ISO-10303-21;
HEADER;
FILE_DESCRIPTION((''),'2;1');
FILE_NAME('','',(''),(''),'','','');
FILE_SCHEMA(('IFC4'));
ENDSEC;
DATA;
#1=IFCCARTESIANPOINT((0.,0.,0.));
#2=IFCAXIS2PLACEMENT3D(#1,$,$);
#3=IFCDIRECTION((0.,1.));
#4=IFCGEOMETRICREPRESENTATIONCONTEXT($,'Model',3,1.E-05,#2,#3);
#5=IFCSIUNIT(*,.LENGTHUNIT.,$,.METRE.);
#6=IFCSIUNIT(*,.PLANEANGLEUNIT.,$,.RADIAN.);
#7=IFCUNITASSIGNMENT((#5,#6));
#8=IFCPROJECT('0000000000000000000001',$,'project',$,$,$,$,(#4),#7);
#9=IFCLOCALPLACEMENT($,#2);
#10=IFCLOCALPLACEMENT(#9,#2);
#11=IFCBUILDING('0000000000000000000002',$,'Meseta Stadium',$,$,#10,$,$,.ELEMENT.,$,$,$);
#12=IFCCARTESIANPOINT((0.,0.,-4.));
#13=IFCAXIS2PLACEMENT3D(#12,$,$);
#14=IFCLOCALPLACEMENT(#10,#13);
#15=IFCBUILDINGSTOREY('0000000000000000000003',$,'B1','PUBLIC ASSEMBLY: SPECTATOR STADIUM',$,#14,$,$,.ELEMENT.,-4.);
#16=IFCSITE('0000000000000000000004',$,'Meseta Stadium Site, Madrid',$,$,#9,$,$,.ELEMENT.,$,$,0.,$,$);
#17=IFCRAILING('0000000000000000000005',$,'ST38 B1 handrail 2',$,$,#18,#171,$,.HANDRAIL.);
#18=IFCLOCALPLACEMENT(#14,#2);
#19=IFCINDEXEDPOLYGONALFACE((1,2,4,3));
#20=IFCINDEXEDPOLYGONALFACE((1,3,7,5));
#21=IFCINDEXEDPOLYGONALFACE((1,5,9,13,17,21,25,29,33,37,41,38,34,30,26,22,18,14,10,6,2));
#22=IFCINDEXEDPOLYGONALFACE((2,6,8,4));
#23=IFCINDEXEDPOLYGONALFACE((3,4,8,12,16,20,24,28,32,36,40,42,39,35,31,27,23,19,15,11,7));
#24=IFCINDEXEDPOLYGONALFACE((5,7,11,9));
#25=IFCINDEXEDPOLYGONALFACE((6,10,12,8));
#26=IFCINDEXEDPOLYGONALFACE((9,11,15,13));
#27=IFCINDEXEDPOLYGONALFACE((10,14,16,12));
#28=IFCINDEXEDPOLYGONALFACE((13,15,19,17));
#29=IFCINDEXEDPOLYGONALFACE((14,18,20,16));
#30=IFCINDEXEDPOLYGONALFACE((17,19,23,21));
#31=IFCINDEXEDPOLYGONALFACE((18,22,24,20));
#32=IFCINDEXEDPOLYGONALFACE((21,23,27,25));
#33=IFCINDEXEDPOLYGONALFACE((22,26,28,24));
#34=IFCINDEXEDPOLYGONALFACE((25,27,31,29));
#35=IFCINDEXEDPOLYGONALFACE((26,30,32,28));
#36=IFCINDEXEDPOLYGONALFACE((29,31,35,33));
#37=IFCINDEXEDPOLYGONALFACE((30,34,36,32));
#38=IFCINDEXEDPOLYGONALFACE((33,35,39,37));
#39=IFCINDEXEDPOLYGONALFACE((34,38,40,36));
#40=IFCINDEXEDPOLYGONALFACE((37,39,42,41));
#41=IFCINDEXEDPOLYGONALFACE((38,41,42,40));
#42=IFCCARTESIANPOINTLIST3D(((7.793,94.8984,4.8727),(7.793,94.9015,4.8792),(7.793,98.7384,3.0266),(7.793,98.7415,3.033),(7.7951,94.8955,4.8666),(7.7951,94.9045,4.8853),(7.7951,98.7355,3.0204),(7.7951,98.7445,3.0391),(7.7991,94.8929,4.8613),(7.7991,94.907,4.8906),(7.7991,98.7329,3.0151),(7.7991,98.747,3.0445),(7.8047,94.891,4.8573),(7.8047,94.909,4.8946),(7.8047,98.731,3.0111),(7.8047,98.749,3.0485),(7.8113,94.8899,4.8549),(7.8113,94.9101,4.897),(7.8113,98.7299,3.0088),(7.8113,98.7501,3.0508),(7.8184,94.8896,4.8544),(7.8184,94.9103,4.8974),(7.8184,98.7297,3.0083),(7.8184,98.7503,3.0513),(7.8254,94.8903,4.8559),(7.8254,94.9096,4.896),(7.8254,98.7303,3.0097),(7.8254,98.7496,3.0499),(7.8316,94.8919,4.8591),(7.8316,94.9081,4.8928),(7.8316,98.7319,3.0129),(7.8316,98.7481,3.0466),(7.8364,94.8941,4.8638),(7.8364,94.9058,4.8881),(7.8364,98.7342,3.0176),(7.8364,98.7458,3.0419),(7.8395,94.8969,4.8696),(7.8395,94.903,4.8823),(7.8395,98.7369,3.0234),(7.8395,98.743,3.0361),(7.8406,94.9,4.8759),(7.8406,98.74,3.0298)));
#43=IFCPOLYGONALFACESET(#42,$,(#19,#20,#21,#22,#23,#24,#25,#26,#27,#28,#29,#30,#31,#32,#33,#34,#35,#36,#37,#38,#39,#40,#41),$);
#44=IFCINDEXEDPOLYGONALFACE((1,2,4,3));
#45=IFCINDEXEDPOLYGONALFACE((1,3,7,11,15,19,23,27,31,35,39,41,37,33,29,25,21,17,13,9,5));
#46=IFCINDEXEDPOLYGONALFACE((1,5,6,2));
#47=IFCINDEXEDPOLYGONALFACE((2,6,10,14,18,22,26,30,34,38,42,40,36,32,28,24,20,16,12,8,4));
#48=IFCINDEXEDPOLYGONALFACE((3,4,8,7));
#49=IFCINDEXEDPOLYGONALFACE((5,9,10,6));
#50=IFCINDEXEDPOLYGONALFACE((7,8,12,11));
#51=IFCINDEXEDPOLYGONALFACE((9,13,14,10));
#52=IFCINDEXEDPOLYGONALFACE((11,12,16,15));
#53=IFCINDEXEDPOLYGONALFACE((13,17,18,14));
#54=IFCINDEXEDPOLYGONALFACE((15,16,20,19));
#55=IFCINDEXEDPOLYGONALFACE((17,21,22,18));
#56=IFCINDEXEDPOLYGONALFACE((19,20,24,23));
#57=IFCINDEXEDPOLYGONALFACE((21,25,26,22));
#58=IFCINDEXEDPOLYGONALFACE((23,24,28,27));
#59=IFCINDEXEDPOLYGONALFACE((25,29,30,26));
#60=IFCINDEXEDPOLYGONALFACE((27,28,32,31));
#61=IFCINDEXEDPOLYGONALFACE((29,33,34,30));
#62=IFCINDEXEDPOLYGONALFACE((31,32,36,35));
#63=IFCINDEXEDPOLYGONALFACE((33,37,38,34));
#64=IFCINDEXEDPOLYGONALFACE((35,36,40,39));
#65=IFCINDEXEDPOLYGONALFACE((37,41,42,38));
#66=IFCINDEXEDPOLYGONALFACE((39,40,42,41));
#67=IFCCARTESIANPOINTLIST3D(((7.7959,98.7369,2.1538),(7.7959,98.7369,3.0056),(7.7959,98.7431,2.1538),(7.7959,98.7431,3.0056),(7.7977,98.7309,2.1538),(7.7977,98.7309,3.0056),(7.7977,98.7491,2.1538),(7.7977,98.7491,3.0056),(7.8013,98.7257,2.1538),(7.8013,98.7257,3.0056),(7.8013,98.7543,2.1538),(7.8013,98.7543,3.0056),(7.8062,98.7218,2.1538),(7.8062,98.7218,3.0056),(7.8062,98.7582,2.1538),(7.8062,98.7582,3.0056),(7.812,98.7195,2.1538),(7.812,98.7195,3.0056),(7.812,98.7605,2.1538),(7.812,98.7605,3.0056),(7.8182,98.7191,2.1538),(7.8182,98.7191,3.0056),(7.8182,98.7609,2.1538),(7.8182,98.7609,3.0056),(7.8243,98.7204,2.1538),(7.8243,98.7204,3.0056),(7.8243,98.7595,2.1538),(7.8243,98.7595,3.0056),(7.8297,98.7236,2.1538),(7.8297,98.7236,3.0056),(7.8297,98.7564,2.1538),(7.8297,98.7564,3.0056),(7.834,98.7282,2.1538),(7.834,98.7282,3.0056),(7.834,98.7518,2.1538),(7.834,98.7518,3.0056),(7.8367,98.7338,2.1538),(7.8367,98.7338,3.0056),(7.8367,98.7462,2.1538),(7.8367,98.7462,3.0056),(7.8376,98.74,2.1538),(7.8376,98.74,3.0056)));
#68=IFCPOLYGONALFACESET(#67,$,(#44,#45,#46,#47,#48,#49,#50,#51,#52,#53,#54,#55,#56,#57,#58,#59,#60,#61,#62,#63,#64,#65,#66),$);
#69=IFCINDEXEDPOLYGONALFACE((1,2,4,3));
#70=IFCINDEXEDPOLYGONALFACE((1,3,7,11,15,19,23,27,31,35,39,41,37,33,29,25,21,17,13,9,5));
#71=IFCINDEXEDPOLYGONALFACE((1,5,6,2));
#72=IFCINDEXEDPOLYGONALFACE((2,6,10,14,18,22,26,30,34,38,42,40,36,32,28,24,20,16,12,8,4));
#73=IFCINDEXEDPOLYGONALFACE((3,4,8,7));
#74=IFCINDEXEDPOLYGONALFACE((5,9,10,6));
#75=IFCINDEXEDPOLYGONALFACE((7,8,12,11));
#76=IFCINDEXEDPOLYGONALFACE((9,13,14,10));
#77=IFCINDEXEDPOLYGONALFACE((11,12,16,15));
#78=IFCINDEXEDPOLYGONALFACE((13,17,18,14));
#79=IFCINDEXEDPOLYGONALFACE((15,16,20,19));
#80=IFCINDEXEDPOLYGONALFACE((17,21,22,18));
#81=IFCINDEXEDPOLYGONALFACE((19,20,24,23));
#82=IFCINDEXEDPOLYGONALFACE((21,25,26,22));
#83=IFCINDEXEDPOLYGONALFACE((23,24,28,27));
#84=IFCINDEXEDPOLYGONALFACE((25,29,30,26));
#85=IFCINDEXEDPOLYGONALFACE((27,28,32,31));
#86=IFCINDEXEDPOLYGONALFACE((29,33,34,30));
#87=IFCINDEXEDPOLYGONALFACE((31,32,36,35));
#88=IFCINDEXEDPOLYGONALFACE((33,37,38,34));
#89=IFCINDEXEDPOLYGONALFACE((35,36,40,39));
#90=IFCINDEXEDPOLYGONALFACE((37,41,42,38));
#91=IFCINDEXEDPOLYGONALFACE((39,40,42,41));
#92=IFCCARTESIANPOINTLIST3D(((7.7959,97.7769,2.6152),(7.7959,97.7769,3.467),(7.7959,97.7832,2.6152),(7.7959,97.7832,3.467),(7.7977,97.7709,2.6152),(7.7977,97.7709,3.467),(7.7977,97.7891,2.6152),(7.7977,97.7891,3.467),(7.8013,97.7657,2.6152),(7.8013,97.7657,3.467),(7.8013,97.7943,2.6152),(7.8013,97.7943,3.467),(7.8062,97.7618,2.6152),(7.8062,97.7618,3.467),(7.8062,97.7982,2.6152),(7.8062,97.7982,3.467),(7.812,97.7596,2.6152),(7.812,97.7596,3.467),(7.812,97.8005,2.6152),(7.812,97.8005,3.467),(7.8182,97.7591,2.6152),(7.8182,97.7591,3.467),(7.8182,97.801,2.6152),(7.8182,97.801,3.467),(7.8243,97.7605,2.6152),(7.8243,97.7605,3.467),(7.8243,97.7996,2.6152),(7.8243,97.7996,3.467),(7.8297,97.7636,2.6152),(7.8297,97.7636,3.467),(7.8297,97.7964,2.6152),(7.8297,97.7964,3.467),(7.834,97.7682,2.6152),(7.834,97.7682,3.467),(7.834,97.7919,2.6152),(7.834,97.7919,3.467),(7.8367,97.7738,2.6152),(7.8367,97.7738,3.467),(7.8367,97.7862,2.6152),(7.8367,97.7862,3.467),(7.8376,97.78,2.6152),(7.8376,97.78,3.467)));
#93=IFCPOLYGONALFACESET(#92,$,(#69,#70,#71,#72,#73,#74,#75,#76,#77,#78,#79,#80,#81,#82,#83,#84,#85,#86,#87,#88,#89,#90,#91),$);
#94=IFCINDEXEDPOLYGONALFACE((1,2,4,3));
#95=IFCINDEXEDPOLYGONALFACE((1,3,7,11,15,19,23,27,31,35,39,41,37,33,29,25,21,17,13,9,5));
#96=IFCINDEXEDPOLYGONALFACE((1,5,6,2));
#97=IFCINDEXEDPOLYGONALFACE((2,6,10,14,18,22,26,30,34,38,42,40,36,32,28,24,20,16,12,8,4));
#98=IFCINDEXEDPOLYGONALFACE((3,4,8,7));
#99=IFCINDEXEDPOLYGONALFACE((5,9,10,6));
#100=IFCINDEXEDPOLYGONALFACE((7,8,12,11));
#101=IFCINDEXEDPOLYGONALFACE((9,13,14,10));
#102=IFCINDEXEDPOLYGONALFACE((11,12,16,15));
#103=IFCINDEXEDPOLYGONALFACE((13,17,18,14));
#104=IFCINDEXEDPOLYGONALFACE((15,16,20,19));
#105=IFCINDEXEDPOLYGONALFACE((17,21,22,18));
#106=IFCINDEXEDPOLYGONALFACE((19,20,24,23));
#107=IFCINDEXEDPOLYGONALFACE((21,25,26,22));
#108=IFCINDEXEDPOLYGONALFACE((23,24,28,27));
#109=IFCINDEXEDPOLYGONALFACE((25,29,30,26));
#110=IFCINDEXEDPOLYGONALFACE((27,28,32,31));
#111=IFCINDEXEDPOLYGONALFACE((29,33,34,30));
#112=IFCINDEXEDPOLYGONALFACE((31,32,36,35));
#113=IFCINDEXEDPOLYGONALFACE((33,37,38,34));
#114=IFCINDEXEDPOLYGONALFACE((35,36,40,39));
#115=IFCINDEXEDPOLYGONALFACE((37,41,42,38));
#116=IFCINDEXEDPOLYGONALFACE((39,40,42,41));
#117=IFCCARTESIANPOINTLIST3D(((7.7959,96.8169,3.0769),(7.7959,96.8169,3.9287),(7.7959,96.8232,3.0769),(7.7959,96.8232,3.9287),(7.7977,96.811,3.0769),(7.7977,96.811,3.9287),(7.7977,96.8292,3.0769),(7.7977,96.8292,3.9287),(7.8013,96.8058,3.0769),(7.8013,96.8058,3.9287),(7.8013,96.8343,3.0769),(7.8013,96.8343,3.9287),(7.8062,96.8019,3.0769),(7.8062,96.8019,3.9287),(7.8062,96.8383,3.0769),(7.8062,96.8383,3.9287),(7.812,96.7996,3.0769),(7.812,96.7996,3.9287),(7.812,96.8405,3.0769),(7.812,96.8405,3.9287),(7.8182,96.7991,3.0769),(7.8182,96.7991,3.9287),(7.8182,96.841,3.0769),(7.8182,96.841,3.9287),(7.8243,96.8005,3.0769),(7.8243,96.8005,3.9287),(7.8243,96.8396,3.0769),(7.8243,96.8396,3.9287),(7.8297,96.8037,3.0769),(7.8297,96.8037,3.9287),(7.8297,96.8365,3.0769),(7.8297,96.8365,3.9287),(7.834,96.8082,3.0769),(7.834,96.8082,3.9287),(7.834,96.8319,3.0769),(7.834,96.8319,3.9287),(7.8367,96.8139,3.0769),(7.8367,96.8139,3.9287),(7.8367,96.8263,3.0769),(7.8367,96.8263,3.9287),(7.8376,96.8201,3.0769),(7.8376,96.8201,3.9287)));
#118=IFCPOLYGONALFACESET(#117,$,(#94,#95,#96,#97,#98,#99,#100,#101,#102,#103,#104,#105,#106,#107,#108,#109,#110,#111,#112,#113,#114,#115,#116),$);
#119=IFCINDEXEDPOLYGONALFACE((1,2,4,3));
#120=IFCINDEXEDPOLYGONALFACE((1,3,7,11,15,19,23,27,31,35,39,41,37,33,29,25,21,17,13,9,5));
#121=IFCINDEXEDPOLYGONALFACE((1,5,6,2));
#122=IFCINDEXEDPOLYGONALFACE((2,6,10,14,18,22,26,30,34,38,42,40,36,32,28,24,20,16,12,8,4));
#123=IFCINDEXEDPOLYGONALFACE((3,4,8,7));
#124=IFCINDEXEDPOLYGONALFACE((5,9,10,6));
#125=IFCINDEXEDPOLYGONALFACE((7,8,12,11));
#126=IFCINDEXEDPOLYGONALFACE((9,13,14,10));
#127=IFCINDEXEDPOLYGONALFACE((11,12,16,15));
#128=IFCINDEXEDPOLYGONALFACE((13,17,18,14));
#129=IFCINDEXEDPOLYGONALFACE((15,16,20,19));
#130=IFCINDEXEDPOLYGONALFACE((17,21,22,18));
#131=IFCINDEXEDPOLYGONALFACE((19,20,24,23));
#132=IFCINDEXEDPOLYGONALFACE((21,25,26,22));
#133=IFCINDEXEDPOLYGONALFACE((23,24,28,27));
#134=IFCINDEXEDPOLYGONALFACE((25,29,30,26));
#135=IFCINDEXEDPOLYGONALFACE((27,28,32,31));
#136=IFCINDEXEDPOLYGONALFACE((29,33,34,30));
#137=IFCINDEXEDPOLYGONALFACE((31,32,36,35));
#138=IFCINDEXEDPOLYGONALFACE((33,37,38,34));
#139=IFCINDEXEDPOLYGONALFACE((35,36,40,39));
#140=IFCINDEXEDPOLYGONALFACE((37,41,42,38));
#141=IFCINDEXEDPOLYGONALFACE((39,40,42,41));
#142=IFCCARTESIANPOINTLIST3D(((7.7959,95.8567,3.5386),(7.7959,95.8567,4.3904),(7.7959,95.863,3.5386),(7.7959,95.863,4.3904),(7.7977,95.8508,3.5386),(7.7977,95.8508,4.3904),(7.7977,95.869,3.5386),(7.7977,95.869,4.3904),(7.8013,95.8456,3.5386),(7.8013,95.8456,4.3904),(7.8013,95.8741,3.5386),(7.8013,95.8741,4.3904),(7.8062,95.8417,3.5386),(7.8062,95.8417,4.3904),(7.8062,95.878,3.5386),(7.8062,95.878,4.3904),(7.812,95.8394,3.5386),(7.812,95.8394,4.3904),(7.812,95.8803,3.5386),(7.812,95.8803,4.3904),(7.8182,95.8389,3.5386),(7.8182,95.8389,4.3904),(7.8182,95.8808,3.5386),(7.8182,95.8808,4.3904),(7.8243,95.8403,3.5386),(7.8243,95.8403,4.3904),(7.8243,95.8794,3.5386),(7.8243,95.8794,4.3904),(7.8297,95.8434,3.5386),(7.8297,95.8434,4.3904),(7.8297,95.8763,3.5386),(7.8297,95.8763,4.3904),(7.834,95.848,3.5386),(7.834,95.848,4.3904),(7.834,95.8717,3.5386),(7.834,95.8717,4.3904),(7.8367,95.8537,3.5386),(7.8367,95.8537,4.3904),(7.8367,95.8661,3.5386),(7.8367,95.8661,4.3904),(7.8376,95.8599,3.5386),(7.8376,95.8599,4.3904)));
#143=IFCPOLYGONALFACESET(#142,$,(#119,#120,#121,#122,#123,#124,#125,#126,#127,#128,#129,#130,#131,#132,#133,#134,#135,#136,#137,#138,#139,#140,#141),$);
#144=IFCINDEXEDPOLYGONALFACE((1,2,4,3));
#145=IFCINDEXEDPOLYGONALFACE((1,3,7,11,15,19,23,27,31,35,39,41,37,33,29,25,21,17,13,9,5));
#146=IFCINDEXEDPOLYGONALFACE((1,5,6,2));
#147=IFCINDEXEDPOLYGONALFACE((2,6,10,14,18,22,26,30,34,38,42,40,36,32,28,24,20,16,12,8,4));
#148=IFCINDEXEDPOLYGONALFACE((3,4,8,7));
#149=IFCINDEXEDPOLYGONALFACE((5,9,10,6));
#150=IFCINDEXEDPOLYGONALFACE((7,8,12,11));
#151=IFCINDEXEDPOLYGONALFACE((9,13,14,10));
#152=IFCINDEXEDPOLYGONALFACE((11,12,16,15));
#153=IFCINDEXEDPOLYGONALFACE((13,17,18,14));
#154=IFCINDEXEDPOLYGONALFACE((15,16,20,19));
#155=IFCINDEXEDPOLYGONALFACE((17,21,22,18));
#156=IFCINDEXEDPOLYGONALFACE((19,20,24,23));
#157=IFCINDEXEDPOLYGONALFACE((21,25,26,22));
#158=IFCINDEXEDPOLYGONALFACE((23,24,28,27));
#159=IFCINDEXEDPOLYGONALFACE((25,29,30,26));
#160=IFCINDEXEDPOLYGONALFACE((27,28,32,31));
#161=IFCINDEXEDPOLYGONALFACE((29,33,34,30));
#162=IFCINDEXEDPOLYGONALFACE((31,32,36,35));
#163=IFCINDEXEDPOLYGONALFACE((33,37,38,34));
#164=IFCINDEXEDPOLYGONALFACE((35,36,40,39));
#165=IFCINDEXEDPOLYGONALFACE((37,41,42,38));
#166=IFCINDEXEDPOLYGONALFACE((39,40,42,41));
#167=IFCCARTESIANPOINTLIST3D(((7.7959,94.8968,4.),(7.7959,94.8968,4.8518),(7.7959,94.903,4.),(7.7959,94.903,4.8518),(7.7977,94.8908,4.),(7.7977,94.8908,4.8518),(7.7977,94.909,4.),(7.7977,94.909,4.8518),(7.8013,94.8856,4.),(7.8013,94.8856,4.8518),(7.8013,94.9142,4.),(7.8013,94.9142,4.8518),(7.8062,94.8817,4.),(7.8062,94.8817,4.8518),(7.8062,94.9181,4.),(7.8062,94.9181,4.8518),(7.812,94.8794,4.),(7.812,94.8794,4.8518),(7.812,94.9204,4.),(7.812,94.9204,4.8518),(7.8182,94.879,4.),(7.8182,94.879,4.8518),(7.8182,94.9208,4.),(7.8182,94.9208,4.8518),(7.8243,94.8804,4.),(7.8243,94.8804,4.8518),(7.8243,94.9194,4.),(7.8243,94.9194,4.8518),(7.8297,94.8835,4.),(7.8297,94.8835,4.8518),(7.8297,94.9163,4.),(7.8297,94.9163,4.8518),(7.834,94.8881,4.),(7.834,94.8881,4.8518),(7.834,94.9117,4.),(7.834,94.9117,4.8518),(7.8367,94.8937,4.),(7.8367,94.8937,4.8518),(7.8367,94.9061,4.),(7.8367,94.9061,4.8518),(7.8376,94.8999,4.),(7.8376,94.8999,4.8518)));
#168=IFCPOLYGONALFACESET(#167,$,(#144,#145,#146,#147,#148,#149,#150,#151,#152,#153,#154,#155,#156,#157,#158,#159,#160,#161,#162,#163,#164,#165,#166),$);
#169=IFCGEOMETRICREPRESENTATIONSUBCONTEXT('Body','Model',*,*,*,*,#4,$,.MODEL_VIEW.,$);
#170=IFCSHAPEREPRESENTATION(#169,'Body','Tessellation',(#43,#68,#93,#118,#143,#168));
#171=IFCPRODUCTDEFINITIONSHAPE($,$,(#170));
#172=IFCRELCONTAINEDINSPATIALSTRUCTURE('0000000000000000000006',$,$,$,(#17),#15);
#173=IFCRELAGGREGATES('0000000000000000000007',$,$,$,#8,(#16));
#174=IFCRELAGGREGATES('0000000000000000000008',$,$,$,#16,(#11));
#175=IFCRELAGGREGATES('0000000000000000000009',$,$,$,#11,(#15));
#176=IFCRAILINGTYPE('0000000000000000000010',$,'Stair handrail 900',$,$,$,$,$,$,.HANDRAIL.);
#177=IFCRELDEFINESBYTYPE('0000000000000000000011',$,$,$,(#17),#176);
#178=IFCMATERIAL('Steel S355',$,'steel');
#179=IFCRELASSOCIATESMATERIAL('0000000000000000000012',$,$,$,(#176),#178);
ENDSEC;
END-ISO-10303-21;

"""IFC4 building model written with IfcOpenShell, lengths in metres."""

from ifc_helpers import new_model, si_unit, direction, frame, origin, origin_2d, place, context, subcontext, project, spatial, circle, extrude, material, type_object, element, save


model = new_model("IFC4")

# Units and contexts
model_context = context("Model", 3, precision=1e-05, world=origin(), true_north=direction((0.0, 1.0)))
body_context = subcontext(model_context, "Body", "Model", "MODEL_VIEW")
ifc_project = project(units=[si_unit("LENGTHUNIT", "METRE"), si_unit("PLANEANGLEUNIT", "RADIAN")], contexts=[model_context])

# Site, building, storey
site_placement = place(None, origin())
site = spatial("IfcSite", under=ifc_project, at=site_placement, Name="Meseta Stadium Site, Madrid", CompositionType="ELEMENT", RefElevation=0.0)
building_placement = place(site_placement, origin())
building = spatial("IfcBuilding", under=site, at=building_placement, Name="Meseta Stadium", CompositionType="ELEMENT")
storey_placement = place(building_placement, frame((0.0, 0.0, -4.0)))
storey = spatial("IfcBuildingStorey", under=building, at=storey_placement, Name="B1", Description="PUBLIC ASSEMBLY: SPECTATOR STADIUM", CompositionType="ELEMENT", Elevation=-4.0)

# Railing
ifc_material_1 = material(Name="Steel S355", Category="steel")
railing_type_1 = type_object("IfcRailingType", Name="Stair handrail 900", PredefinedType="HANDRAIL", material=ifc_material_1)
for number, where, name in (
    (1, (7.8167, 98.74, 2.1538), "ST38 B1 handrail 2"),
):
    element("IfcRailing", number, at=place(storey_placement, frame(where)), inside=storey, type_object=railing_type_1, Name=name, PredefinedType="HANDRAIL", context=body_context, shape_type="SweptSolid", body=[
        extrude(circle(Radius=0.0239, at=origin_2d()), frame((0.0, 0.0, 0.876), z_axis=(0.0, -0.901253, 0.433294), x_axis=(1.0, 0.0, 0.0)), (0.0, 0.0, 1.0), 4.2607),
        extrude(circle(Radius=0.021, at=origin_2d()), origin(), (0.0, 0.0, 1.0), 0.8518),
        extrude(circle(Radius=0.021, at=origin_2d()), frame((0.0, -0.96, 0.4614)), (0.0, 0.0, 1.0), 0.8518),
        extrude(circle(Radius=0.021, at=origin_2d()), frame((0.0, -1.9199, 0.9231)), (0.0, 0.0, 1.0), 0.8518),
        extrude(circle(Radius=0.021, at=origin_2d()), frame((0.0, -2.8801, 1.3848)), (0.0, 0.0, 1.0), 0.8518),
        extrude(circle(Radius=0.021, at=origin_2d()), frame((0.0, -3.8401, 1.8462)), (0.0, 0.0, 1.0), 0.8518),
    ])

save(model, "model.ifc")
